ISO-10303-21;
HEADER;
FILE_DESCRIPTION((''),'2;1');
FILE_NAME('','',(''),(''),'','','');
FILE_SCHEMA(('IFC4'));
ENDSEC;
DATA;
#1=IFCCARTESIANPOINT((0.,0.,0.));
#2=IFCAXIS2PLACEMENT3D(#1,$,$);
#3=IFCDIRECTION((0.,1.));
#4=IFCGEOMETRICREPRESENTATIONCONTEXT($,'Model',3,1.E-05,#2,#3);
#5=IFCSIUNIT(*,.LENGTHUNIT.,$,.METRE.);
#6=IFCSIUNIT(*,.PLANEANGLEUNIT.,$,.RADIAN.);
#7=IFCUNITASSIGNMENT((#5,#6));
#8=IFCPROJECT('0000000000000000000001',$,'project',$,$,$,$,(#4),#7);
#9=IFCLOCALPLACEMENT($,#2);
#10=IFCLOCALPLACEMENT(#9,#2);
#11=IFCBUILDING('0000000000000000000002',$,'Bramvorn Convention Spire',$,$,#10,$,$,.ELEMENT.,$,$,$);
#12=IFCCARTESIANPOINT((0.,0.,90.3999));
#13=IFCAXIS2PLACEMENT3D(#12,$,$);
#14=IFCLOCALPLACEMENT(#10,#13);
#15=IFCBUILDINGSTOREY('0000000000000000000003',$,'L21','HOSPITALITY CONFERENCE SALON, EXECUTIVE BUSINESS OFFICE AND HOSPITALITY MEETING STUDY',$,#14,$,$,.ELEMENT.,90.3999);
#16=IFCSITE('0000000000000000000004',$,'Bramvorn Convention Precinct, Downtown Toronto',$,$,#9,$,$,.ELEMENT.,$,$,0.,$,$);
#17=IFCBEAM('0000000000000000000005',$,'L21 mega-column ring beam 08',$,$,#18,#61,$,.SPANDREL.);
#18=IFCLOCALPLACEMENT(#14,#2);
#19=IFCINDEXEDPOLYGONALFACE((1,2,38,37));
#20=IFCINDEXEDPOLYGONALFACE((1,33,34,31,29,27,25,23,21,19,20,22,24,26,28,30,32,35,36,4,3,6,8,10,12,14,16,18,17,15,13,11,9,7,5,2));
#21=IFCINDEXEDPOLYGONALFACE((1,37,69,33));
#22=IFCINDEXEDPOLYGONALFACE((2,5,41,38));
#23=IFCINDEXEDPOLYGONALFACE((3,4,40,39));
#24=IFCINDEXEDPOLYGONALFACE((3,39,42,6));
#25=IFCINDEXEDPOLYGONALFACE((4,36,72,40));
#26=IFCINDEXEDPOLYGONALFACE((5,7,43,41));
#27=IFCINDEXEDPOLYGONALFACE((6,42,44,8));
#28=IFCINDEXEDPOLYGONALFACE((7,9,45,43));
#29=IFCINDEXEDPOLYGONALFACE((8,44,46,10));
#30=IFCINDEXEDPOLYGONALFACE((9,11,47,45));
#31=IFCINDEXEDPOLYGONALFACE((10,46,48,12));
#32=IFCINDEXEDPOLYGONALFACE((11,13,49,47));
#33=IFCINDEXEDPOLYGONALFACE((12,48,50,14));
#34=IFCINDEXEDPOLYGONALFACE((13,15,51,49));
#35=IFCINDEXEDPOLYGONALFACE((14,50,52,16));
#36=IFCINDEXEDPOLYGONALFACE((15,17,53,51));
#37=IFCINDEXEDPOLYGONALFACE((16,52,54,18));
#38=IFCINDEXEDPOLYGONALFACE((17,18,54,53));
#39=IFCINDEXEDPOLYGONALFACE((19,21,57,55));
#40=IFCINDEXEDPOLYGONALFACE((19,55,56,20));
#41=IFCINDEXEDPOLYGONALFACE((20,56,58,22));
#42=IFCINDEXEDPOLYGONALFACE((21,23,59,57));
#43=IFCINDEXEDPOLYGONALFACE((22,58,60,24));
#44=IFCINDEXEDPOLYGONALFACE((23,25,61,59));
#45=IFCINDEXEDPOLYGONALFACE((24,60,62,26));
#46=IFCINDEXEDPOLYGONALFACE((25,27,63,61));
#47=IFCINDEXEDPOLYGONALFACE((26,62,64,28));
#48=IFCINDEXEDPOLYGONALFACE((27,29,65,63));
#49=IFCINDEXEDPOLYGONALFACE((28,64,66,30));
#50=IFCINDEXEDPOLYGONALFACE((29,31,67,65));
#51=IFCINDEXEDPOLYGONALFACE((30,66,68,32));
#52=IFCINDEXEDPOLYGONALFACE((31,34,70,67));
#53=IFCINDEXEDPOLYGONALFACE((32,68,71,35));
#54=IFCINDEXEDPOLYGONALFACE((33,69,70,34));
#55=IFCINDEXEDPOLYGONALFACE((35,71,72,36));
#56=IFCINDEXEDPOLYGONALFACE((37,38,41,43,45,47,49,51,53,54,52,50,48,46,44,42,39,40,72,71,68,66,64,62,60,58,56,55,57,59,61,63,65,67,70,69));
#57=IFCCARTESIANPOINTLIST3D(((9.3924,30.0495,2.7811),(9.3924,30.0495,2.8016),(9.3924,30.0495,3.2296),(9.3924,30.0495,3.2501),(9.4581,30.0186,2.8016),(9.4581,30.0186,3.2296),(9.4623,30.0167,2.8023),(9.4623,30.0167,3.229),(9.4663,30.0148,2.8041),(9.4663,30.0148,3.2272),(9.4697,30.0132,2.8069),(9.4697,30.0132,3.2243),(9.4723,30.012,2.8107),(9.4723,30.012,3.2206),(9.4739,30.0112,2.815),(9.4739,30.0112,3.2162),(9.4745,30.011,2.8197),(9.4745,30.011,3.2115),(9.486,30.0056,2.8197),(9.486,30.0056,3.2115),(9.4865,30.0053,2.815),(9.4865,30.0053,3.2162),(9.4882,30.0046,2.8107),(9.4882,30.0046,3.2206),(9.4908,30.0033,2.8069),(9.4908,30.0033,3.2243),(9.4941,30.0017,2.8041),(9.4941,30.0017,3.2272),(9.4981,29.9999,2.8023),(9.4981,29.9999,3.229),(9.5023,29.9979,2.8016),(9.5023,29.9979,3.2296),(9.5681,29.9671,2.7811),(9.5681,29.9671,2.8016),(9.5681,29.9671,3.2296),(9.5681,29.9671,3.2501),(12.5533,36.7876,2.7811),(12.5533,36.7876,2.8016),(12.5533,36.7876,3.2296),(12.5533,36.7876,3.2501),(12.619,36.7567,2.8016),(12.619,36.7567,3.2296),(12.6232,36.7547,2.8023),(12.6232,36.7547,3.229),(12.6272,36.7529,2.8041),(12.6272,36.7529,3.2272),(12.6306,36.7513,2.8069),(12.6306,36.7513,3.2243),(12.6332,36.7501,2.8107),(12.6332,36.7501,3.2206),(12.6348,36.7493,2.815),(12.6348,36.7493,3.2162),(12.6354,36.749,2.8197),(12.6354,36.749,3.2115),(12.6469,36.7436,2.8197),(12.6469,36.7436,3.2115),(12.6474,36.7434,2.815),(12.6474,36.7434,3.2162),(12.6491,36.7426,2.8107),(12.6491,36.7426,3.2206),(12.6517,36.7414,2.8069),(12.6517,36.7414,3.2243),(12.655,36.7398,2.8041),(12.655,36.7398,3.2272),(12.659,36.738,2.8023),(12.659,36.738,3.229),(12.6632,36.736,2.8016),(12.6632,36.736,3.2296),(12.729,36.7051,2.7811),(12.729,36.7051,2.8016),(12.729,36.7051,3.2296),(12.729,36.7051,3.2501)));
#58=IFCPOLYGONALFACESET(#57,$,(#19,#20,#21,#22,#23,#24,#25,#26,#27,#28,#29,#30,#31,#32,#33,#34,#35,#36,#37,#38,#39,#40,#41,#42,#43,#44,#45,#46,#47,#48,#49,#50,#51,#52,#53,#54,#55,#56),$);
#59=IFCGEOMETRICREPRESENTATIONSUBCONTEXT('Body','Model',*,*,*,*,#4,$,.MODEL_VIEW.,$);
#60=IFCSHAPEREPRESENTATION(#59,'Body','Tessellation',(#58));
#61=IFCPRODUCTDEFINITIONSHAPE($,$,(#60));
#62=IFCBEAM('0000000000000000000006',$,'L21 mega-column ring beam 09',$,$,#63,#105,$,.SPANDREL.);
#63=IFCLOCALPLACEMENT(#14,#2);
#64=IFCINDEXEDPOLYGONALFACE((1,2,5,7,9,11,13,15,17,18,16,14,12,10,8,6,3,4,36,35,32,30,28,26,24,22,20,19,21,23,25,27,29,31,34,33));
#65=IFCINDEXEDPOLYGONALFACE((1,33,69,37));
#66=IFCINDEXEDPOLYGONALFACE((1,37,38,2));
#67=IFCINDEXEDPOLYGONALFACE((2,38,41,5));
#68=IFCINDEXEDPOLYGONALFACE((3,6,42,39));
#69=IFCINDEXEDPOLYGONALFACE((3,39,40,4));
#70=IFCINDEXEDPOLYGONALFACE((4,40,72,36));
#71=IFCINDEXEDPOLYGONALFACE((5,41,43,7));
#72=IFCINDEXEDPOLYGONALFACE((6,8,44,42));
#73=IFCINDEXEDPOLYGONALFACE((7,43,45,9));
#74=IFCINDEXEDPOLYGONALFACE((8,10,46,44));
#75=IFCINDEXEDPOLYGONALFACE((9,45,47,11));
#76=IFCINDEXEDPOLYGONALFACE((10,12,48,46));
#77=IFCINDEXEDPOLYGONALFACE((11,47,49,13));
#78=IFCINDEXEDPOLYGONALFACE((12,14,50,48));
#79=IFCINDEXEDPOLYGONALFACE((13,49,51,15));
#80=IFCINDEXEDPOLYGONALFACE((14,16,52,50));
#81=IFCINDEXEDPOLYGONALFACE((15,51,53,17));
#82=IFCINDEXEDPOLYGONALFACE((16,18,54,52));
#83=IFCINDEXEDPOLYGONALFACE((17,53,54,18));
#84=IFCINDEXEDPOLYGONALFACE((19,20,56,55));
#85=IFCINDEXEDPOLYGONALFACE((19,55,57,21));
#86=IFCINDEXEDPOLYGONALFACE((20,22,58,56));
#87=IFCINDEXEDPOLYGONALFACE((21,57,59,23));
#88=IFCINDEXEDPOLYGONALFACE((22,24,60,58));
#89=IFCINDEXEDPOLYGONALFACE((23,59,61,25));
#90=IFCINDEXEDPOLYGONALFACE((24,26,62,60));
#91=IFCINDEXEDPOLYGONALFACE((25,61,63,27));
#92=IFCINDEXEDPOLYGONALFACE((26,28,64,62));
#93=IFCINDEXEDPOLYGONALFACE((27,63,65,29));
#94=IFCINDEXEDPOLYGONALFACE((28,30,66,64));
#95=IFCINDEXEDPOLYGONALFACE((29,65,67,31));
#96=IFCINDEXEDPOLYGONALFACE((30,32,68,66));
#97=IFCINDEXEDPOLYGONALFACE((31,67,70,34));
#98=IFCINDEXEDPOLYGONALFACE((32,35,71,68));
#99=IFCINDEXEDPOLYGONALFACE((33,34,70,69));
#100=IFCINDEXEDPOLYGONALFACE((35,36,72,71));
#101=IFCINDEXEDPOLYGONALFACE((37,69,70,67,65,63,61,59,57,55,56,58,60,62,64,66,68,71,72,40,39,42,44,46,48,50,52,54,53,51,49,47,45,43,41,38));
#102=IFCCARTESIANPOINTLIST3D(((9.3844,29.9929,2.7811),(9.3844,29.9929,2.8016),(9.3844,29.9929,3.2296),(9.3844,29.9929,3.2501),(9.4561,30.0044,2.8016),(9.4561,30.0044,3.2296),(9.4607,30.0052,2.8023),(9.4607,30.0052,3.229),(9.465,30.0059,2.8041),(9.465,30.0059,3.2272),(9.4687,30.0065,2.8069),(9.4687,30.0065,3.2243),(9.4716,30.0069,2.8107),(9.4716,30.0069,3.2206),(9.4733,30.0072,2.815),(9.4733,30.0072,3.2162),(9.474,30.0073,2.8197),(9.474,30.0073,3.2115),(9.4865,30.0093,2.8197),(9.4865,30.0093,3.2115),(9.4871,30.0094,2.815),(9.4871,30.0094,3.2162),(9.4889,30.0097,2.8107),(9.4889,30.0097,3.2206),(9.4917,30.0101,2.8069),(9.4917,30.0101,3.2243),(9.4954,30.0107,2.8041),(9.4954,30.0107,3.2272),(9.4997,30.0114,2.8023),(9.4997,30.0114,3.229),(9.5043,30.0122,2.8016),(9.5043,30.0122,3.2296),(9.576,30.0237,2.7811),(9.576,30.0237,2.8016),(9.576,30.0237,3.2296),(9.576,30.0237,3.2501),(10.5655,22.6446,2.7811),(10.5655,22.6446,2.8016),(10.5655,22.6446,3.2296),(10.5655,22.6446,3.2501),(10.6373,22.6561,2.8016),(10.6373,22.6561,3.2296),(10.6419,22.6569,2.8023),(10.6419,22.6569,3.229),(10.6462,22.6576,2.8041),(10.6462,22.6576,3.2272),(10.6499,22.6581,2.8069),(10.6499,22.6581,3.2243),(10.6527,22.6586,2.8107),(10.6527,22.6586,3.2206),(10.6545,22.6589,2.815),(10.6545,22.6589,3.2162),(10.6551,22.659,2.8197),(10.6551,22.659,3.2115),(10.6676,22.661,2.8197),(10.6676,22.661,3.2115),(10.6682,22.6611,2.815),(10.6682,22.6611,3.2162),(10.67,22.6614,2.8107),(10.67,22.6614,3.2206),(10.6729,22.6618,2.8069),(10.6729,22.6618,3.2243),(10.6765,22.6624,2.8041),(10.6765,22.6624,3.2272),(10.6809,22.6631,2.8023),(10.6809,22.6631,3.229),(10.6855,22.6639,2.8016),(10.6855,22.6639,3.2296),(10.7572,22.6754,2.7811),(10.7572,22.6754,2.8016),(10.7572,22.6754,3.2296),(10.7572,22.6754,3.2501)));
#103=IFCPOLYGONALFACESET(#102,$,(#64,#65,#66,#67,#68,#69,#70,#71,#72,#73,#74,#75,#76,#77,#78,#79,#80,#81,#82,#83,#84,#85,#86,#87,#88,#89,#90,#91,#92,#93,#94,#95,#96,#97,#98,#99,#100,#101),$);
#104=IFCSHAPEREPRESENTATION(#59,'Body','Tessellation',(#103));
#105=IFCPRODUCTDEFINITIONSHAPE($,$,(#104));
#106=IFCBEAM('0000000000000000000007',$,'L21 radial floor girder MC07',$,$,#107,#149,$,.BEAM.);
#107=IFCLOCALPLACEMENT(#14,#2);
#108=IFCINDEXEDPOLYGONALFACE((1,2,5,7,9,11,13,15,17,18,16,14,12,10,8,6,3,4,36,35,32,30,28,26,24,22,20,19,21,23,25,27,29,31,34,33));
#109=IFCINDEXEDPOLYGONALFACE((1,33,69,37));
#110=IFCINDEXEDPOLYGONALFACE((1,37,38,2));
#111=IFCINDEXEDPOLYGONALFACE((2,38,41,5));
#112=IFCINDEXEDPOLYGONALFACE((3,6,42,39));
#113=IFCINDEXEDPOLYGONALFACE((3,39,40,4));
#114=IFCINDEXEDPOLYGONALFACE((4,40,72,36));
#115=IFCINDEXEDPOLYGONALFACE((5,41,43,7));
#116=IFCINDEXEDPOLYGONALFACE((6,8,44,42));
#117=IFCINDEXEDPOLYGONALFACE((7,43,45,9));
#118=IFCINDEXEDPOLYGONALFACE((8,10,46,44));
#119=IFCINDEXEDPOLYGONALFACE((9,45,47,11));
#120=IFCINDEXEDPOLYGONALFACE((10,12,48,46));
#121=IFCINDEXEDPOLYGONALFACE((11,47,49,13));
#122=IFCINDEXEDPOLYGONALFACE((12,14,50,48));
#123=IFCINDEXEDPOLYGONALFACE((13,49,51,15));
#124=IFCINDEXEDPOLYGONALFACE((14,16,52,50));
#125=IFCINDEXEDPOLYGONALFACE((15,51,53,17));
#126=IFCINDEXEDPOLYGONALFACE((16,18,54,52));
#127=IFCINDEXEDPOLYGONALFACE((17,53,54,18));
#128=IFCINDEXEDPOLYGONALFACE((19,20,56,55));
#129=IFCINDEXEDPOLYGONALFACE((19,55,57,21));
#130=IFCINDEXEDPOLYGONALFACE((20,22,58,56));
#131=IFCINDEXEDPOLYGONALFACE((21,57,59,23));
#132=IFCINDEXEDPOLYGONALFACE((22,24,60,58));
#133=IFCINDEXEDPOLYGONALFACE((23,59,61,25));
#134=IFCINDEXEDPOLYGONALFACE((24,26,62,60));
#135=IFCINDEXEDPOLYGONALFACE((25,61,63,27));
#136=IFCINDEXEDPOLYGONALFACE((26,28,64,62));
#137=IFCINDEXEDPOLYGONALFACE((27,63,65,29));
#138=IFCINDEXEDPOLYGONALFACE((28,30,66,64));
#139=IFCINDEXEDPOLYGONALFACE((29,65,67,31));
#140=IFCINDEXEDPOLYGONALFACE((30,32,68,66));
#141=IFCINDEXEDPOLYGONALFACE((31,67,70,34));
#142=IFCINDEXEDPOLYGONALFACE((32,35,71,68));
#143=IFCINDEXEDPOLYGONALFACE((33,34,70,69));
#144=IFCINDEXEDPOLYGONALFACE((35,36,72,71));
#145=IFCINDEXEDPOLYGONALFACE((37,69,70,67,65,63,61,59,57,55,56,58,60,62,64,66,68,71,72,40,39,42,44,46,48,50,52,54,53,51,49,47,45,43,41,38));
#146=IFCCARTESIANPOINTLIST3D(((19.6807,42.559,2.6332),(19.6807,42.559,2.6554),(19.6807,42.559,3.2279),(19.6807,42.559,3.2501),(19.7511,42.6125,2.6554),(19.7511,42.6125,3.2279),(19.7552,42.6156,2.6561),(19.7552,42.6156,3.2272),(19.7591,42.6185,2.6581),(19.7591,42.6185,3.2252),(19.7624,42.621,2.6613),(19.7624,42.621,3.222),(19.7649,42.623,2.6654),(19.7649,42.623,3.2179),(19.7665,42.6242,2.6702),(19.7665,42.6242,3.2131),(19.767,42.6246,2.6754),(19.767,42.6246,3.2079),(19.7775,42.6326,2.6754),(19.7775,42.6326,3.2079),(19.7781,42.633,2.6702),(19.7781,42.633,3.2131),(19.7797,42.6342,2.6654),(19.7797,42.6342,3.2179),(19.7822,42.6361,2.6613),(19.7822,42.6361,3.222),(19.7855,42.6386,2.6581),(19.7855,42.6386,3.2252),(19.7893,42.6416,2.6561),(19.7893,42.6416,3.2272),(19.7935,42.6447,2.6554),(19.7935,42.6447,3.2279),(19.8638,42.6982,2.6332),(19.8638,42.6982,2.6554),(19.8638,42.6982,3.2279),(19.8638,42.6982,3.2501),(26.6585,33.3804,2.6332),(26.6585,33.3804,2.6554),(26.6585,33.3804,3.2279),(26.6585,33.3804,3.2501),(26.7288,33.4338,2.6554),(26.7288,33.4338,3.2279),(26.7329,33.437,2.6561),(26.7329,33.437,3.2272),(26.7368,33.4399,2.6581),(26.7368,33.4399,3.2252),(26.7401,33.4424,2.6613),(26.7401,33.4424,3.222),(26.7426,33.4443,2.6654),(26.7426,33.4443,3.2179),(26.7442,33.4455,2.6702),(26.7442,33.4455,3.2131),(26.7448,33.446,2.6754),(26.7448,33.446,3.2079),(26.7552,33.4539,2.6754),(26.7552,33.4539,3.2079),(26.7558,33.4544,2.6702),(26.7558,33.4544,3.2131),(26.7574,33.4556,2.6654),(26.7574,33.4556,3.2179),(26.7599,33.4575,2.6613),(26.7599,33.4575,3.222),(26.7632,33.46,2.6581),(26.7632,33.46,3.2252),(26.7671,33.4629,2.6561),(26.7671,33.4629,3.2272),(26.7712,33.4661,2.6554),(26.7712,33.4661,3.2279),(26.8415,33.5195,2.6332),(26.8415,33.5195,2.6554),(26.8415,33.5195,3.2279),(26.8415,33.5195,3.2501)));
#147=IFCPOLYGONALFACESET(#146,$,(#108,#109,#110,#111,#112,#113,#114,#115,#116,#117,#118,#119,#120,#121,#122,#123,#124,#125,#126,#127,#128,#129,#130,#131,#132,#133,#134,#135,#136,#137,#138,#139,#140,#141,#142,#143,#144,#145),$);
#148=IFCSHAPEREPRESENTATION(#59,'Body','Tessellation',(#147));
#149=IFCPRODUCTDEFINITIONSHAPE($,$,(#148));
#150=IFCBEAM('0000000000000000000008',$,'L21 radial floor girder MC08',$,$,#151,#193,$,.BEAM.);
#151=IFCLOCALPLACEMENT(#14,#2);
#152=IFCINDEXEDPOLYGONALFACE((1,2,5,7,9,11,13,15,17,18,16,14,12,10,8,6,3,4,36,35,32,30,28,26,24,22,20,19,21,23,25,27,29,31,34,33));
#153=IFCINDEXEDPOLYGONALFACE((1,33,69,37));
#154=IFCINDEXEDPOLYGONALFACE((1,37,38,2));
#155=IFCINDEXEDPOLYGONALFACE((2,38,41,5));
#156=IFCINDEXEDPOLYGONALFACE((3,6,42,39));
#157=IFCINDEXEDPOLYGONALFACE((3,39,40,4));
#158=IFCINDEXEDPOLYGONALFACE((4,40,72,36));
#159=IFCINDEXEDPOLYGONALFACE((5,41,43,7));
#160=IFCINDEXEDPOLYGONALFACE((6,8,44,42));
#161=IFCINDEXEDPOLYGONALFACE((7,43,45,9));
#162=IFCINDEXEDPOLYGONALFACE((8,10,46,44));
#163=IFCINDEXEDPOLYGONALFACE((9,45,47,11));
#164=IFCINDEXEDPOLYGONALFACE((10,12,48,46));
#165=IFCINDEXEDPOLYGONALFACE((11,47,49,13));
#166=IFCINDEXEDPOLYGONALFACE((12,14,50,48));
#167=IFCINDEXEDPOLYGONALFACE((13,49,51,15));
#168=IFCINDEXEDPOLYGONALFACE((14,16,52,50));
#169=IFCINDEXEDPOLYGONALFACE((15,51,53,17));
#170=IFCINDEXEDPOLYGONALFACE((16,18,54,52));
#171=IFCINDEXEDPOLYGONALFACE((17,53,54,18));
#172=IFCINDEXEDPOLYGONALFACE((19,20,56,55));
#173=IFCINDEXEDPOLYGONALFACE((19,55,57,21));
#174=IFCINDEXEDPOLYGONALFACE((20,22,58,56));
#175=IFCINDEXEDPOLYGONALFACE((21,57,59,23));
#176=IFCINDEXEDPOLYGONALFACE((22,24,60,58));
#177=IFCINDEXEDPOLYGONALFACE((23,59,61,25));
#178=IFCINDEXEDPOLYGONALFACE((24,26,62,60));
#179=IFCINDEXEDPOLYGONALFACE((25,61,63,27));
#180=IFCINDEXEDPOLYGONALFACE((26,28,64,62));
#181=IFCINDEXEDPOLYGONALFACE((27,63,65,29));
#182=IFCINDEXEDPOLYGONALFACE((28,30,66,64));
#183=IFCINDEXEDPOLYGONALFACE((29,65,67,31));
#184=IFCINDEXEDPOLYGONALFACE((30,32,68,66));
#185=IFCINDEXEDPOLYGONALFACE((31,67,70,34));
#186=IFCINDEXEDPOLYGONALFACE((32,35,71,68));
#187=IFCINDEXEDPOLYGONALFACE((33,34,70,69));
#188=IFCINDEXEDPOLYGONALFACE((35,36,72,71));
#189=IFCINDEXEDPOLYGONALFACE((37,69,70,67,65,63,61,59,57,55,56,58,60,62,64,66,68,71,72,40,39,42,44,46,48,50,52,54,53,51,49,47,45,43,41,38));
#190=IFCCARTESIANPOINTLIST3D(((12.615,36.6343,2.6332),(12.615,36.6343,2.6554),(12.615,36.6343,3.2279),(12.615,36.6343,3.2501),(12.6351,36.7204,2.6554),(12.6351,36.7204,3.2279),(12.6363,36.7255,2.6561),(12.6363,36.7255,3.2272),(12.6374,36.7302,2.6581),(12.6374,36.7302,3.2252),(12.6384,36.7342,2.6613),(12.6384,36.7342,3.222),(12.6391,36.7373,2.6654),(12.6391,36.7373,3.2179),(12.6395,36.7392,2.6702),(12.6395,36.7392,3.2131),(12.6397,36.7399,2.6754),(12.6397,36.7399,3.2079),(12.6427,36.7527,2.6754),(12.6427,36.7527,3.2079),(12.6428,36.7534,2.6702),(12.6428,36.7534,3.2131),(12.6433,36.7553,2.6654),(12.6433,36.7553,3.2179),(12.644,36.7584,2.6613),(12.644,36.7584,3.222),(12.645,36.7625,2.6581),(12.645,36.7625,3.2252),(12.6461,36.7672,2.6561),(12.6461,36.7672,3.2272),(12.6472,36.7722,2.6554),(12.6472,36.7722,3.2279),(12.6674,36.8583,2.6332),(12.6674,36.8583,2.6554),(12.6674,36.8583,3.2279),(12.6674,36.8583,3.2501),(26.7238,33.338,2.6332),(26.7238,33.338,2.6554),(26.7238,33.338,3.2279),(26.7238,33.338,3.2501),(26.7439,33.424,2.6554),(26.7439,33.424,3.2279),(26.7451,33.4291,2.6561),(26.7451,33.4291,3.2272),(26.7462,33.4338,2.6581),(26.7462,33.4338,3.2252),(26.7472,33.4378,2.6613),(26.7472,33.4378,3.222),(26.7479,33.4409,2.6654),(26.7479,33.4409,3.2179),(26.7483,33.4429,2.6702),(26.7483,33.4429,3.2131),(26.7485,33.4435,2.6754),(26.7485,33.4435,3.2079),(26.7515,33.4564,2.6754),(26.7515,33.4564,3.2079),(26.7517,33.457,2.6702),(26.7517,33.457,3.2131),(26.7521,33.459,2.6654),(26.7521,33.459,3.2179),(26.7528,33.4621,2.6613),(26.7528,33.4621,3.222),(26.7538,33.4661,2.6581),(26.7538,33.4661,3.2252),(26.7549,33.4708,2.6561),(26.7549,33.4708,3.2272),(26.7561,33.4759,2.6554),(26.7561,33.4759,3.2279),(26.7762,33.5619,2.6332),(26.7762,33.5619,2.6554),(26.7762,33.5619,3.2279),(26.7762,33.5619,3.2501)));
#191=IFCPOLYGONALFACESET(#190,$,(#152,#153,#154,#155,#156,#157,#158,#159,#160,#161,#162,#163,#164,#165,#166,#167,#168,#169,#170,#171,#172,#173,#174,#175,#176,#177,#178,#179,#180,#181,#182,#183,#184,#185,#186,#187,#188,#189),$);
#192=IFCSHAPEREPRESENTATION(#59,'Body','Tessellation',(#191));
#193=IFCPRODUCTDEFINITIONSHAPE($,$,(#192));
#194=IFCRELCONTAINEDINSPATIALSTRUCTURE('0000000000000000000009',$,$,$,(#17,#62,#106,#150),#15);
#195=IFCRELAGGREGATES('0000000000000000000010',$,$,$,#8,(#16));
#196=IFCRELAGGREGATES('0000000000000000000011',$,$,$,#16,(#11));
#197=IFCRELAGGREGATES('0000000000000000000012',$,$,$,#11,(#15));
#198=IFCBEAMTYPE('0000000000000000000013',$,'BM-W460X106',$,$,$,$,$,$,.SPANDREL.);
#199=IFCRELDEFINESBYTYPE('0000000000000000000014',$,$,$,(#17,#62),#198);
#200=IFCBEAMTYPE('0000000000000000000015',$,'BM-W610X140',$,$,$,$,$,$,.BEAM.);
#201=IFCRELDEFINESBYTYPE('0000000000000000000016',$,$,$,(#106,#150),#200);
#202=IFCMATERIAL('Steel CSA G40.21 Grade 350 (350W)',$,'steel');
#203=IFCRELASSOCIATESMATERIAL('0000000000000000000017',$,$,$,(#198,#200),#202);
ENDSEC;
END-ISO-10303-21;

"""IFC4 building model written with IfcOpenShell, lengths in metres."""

from ifc_helpers import new_model, si_unit, direction, frame, origin, origin_2d, place, context, subcontext, project, spatial, i_section, extrude, material, material_profile, profile_set, type_object, element, save


model = new_model("IFC4")

# Units and contexts
model_context = context("Model", 3, precision=1e-05, world=origin(), true_north=direction((0.0, 1.0)))
body_context = subcontext(model_context, "Body", "Model", "MODEL_VIEW")
ifc_project = project(units=[si_unit("LENGTHUNIT", "METRE"), si_unit("PLANEANGLEUNIT", "RADIAN")], contexts=[model_context])

# Site, building, storey
site_placement = place(None, origin())
site = spatial("IfcSite", under=ifc_project, at=site_placement, Name="Bramvorn Convention Precinct, Downtown Toronto", CompositionType="ELEMENT", RefElevation=0.0)
building_placement = place(site_placement, origin())
building = spatial("IfcBuilding", under=site, at=building_placement, Name="Bramvorn Convention Spire", CompositionType="ELEMENT")
storey_placement = place(building_placement, frame((0.0, 0.0, 90.3999)))
storey = spatial("IfcBuildingStorey", under=building, at=storey_placement, Name="L21", Description="HOSPITALITY CONFERENCE SALON, EXECUTIVE BUSINESS OFFICE AND HOSPITALITY MEETING STUDY", CompositionType="ELEMENT", Elevation=90.3999)

# Shared definitions
ifc_material_1 = material(Name="Steel CSA G40.21 Grade 350 (350W)", Category="steel")

# Beams
ifc_material_profile_1 = material_profile(ifc_material_1, i_section(OverallWidth=0.1941, OverallDepth=0.469, WebThickness=0.0127, FlangeThickness=0.0205, FilletRadius=0.0181, at=origin_2d()))
ifc_profile_set_1 = profile_set([ifc_material_profile_1], Name="Steel CSA G40.21 Grade 350 (350W) - W460X106")
beam_type_1 = type_object("IfcBeamType", Name="BM-W460X106", PredefinedType="SPANDREL", material=ifc_profile_set_1)
for number, where, z_axis, x_axis, name in (
    (1, (12.6411, 36.7463, 3.0156), (-0.424702, -0.905333, 0.0), (0.905333, -0.424702, 0.0), "L21 mega-column ring beam 08"),
    (2, (9.4802, 30.0083, 3.0156), (0.158699, -0.987327, 0.0), (0.987327, 0.158699, 0.0), "L21 mega-column ring beam 09"),
):
    element("IfcBeam", number, at=place(storey_placement, frame(where, z_axis=z_axis, x_axis=x_axis)), inside=storey, type_object=beam_type_1, Name=name, PredefinedType="SPANDREL", context=body_context, shape_type="SweptSolid", body=[
        extrude(i_section(OverallWidth=0.1941, OverallDepth=0.469, WebThickness=0.0127, FlangeThickness=0.0205, FilletRadius=0.0181, at=origin_2d()), origin(), (0.0, 0.0, 1.0), 7.4426),
    ])
ifc_material_profile_2 = material_profile(ifc_material_1, i_section(OverallWidth=0.23, OverallDepth=0.6169, WebThickness=0.0132, FlangeThickness=0.0222, FilletRadius=0.02, at=origin_2d()))
ifc_profile_set_2 = profile_set([ifc_material_profile_2], Name="Steel CSA G40.21 Grade 350 (350W) - W610X140")
beam_type_2 = type_object("IfcBeamType", Name="BM-W610X140", PredefinedType="BEAM", material=ifc_profile_set_2)
beam_1_placement = place(storey_placement, frame((26.75, 33.45, 2.9417), z_axis=(-0.605191, 0.79608, 0.0), x_axis=(-0.79608, -0.605191, 0.0)))
element("IfcBeam", 3, at=beam_1_placement, inside=storey, type_object=beam_type_2, Name="L21 radial floor girder MC07", PredefinedType="BEAM", context=body_context, shape_type="SweptSolid", body=[
    extrude(i_section(OverallWidth=0.23, OverallDepth=0.6169, WebThickness=0.0132, FlangeThickness=0.0222, FilletRadius=0.02, at=origin_2d()), origin(), (0.0, 0.0, 1.0), 11.5298),
])
beam_2_placement = place(storey_placement, frame((26.75, 33.45, 2.9417), z_axis=(-0.973775, 0.227512, 0.0), x_axis=(-0.227512, -0.973775, 0.0)))
element("IfcBeam", 4, at=beam_2_placement, inside=storey, type_object=beam_type_2, Name="L21 radial floor girder MC08", PredefinedType="BEAM", context=body_context, shape_type="SweptSolid", body=[
    extrude(i_section(OverallWidth=0.23, OverallDepth=0.6169, WebThickness=0.0132, FlangeThickness=0.0222, FilletRadius=0.02, at=origin_2d()), origin(), (0.0, 0.0, 1.0), 14.4888),
])

save(model, "model.ifc")
